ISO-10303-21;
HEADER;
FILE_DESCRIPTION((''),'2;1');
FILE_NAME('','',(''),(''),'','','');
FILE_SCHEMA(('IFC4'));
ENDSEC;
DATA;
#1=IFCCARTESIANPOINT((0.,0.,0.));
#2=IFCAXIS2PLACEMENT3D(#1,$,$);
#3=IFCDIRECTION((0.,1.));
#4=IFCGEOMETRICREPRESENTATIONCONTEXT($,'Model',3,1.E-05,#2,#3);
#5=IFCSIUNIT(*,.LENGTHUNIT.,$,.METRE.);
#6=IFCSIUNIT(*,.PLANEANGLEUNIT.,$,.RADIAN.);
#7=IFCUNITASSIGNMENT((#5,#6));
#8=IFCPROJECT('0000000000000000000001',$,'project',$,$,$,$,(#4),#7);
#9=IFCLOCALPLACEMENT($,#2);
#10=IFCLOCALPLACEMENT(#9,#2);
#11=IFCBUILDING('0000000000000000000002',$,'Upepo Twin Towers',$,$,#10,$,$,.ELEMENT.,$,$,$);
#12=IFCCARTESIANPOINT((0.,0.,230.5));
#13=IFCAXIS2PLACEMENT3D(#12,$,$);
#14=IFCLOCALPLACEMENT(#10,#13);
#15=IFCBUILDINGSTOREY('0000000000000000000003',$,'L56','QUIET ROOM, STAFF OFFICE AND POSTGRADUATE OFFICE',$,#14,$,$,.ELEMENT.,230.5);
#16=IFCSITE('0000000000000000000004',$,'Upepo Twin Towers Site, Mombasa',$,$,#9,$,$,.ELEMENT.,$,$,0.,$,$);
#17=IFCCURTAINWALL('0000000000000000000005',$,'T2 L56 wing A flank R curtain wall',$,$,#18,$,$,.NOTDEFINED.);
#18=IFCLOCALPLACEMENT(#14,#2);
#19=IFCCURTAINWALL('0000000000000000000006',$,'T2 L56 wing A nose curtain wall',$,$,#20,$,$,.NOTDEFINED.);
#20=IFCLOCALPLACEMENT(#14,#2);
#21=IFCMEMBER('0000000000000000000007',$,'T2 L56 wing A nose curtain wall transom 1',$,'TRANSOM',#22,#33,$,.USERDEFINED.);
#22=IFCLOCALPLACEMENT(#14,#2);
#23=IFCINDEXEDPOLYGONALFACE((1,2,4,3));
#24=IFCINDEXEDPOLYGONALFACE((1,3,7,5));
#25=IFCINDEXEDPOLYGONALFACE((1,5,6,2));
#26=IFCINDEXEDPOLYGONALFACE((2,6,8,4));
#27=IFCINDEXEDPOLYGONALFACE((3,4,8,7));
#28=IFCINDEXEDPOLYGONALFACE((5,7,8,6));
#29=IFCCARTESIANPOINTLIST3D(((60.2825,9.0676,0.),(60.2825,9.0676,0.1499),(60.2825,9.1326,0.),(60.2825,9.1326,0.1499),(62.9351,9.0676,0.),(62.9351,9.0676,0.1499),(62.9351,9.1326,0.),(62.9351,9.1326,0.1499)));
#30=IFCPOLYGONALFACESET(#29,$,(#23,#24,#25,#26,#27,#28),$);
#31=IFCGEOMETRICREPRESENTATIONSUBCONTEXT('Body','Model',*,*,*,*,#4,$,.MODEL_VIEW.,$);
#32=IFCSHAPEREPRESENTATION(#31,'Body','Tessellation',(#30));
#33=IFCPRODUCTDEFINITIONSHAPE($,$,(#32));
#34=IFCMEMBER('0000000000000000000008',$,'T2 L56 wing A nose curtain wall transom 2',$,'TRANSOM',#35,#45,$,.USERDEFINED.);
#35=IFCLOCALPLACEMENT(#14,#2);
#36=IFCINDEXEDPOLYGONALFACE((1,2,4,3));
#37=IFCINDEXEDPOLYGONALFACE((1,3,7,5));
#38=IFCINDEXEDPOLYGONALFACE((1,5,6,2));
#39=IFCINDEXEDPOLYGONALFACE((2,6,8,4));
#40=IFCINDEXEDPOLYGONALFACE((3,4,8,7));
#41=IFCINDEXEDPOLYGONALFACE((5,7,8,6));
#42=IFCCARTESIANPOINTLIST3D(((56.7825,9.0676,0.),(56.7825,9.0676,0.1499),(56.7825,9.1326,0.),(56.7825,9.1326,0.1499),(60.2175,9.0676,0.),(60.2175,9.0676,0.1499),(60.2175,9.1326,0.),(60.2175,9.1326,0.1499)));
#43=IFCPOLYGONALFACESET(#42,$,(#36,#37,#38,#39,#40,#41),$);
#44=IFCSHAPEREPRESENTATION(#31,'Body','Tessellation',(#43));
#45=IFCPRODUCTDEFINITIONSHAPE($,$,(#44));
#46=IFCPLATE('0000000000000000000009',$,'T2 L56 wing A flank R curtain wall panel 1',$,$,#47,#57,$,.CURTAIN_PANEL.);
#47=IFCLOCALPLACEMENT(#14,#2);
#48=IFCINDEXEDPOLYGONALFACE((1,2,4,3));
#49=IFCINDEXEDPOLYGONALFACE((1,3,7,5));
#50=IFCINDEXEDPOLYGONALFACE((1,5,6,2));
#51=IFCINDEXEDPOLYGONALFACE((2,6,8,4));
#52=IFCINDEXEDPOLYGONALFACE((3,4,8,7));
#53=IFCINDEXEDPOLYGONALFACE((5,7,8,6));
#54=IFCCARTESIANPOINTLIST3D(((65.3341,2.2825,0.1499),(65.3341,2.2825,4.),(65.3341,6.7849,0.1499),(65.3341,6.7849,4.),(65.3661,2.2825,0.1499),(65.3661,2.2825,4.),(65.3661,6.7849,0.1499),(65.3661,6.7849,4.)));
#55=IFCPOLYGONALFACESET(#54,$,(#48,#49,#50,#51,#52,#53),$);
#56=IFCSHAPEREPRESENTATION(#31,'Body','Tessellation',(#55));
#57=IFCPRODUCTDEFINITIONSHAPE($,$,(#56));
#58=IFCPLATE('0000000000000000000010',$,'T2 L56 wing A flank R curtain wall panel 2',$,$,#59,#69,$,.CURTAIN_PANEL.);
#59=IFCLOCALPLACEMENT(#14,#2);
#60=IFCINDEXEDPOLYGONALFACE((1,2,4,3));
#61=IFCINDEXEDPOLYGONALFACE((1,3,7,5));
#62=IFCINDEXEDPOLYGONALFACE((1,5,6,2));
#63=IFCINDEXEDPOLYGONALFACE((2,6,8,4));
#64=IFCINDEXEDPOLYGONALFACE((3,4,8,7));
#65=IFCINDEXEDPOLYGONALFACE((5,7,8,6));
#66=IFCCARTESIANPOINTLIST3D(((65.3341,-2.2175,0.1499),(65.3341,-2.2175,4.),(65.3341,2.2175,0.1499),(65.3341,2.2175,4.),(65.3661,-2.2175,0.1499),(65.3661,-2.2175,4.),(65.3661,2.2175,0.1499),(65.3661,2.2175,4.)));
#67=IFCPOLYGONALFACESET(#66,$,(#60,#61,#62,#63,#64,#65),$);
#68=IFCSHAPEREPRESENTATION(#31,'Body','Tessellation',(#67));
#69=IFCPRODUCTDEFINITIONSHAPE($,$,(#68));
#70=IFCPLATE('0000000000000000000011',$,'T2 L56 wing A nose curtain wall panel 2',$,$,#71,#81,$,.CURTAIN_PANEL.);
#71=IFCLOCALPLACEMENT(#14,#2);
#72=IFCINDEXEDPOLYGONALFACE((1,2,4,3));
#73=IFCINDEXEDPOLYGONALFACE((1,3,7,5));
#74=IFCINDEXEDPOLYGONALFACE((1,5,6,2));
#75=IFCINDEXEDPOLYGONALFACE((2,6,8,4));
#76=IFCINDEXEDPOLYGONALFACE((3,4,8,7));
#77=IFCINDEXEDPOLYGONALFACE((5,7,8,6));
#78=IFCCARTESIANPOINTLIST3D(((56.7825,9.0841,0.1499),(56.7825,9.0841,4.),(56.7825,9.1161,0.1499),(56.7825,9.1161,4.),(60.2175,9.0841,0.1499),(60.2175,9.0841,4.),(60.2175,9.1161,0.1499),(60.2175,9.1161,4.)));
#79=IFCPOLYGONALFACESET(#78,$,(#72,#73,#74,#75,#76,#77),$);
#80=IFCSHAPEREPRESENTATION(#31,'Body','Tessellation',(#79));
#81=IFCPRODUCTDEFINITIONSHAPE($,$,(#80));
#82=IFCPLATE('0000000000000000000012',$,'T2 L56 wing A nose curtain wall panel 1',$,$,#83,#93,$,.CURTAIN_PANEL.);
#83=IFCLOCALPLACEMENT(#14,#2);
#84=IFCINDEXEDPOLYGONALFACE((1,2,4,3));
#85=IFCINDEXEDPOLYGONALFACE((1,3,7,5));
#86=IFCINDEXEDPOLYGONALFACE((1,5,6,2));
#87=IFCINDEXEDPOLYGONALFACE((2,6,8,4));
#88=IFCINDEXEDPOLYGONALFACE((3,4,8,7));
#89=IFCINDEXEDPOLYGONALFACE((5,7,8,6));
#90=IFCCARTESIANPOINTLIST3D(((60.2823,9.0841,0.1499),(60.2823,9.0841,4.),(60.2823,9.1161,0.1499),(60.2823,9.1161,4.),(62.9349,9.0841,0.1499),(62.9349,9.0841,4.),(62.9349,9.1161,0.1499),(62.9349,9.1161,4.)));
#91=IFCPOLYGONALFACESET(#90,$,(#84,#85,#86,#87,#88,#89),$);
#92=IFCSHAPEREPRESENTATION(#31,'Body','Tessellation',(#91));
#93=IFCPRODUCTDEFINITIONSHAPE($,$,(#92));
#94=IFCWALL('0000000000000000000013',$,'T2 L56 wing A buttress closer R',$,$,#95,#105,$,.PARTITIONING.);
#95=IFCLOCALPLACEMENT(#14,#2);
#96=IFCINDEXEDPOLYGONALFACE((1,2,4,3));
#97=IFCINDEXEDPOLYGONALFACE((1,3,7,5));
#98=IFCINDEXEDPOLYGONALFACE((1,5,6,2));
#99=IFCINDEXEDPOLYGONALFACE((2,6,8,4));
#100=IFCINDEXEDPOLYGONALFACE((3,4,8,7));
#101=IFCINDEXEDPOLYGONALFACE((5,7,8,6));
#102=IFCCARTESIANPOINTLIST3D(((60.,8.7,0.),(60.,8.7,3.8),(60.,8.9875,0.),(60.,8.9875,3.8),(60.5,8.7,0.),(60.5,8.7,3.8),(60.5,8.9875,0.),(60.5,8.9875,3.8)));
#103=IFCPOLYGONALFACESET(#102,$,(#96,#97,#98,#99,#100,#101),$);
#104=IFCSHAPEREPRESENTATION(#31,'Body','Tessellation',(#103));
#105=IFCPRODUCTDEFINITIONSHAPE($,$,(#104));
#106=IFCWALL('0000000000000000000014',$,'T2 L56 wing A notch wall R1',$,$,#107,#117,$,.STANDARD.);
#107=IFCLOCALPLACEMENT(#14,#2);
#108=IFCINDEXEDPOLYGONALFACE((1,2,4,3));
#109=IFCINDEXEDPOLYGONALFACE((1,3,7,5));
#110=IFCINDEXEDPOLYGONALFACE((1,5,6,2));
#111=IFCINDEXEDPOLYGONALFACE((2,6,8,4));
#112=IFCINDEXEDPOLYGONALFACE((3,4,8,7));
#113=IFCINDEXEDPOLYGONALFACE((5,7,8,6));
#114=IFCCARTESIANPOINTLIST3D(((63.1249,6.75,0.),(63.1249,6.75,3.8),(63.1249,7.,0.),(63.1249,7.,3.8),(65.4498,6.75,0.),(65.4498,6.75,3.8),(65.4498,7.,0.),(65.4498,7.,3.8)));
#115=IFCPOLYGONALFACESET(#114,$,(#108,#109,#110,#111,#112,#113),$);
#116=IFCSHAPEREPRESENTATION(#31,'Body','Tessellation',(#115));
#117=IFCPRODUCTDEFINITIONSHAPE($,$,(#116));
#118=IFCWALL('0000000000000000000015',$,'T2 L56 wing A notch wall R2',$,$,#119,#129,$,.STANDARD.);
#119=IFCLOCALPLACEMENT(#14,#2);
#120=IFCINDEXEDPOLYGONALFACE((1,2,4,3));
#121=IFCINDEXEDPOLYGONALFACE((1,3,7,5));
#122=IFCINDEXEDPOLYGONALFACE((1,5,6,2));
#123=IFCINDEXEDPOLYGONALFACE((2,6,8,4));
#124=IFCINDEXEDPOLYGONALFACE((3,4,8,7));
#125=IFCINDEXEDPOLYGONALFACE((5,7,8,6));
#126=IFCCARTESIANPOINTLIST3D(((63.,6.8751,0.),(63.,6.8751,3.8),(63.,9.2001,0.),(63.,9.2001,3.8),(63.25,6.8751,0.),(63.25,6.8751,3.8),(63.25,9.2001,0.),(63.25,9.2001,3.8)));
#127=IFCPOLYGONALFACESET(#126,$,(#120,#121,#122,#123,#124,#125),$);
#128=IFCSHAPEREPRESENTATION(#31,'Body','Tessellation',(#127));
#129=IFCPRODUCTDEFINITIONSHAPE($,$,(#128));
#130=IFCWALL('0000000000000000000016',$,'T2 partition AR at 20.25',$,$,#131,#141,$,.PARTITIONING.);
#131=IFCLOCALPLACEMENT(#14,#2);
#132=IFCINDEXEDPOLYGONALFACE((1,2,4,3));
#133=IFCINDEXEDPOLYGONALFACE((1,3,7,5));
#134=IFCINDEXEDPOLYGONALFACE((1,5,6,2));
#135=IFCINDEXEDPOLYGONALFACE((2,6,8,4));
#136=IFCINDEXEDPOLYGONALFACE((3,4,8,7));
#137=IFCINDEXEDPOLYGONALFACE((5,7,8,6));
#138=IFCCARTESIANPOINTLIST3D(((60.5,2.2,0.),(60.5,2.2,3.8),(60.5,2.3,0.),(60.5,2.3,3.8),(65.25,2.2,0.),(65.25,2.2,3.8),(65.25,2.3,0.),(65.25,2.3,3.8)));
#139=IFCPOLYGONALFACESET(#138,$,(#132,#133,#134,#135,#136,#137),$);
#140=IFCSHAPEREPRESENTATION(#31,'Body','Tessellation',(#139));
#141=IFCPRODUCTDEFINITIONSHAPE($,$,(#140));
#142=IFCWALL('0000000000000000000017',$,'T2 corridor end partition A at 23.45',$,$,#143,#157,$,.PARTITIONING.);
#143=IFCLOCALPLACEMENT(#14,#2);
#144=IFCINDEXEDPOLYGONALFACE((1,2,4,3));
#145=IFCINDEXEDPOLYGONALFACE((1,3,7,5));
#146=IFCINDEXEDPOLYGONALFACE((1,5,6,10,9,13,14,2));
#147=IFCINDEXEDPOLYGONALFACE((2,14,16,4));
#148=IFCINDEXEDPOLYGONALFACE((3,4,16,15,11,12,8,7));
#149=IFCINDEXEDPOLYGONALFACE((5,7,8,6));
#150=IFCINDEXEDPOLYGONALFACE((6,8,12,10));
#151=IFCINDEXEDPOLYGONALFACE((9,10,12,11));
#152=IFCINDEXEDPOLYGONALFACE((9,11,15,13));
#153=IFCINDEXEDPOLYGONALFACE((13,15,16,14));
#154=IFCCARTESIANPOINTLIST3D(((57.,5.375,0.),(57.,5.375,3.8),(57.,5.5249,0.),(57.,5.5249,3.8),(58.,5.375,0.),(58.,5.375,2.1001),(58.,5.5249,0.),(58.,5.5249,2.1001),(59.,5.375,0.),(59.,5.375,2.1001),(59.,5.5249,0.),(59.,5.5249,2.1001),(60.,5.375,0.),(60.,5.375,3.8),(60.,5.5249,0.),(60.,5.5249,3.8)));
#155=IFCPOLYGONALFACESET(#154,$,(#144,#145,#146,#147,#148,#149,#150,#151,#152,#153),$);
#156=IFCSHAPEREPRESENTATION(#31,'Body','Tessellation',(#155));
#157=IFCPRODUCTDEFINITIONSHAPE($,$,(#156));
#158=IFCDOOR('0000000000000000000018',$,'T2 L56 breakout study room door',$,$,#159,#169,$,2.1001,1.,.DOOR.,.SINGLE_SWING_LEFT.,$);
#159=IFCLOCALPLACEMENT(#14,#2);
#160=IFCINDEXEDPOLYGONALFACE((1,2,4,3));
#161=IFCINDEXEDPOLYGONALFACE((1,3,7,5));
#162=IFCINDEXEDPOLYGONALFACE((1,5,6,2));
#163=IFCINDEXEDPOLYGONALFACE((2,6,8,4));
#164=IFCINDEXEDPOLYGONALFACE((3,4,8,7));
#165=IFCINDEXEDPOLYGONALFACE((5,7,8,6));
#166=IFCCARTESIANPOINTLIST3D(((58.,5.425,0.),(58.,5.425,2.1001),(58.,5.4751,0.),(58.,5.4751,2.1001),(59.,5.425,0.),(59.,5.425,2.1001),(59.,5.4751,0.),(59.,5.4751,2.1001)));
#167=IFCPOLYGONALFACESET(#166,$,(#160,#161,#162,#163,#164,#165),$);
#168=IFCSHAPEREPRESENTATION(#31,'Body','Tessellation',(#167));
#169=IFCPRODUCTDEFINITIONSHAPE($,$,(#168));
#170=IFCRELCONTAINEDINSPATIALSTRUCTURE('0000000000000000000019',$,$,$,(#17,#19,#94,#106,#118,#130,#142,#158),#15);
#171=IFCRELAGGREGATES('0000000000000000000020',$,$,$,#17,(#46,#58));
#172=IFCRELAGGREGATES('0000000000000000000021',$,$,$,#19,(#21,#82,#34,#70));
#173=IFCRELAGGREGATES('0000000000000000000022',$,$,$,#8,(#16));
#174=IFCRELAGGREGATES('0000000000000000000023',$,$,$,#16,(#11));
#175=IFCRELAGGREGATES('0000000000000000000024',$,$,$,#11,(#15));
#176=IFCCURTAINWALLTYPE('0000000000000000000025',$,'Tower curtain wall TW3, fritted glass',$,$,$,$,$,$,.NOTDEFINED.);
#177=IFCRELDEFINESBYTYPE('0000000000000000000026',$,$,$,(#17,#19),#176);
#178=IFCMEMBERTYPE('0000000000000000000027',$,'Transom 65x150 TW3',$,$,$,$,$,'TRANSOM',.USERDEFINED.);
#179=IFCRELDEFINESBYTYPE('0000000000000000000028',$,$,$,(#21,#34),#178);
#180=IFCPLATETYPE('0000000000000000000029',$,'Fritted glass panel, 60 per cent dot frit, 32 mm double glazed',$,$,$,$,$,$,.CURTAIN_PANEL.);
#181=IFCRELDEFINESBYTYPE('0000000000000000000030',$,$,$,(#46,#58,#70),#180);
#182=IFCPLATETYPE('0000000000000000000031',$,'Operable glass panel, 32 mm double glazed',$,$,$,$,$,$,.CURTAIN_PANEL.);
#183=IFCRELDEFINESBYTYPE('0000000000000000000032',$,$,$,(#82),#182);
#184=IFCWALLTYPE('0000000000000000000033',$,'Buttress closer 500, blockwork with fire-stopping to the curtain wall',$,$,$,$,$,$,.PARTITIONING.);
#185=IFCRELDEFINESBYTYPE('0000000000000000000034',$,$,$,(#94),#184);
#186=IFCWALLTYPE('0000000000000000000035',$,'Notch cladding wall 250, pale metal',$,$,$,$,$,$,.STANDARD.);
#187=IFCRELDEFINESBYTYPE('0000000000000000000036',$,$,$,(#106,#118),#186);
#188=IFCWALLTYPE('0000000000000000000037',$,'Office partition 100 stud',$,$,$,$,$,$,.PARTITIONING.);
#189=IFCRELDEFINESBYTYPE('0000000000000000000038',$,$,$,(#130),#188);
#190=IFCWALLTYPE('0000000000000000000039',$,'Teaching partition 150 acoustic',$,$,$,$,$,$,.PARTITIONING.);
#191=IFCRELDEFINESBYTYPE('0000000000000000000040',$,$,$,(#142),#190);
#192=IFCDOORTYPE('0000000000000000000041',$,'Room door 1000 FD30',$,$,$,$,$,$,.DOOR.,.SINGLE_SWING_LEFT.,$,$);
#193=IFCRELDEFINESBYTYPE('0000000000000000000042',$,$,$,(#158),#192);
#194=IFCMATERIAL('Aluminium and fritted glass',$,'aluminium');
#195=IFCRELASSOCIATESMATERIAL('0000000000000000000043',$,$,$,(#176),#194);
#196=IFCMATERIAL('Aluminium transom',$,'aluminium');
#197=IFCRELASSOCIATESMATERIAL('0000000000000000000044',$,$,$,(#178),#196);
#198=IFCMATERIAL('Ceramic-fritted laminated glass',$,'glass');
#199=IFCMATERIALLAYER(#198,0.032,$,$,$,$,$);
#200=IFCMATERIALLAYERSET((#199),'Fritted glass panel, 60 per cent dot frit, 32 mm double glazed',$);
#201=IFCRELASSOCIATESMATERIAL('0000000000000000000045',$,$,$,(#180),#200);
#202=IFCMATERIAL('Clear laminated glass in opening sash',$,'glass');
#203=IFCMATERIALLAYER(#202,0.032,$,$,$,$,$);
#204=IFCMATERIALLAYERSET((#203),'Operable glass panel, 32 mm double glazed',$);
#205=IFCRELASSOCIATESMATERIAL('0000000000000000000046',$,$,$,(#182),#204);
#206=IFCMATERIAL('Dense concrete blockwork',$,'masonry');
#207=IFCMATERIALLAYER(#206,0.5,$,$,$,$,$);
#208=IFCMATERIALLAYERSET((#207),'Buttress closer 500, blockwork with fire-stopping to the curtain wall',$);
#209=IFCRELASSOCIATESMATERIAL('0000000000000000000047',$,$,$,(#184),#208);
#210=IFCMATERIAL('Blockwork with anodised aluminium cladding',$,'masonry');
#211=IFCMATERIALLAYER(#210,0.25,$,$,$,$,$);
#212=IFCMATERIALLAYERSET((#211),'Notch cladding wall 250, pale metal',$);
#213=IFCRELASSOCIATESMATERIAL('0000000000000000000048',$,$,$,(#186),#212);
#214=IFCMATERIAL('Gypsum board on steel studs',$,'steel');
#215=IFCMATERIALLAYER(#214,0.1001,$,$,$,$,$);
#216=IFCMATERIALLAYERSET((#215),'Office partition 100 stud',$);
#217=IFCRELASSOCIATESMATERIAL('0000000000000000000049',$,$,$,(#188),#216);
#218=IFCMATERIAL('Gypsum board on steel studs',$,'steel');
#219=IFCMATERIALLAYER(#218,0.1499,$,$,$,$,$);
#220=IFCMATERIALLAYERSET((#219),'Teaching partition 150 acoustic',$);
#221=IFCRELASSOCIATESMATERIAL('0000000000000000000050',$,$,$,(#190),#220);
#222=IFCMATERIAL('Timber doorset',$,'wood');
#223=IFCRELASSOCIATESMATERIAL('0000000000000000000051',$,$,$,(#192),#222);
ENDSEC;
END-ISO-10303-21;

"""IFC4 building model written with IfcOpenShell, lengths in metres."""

from ifc_helpers import new_model, si_unit, direction, frame, frame_2d, origin, origin_2d, place, context, subcontext, project, spatial, rectangle, extrude, material, layer, layer_set, material_profile, profile_set, type_object, element, fill, aggregate, save


model = new_model("IFC4")

# Units and contexts
model_context = context("Model", 3, precision=1e-05, world=origin(), true_north=direction((0.0, 1.0)))
body_context = subcontext(model_context, "Body", "Model", "MODEL_VIEW")
ifc_project = project(units=[si_unit("LENGTHUNIT", "METRE"), si_unit("PLANEANGLEUNIT", "RADIAN")], contexts=[model_context])

# Site, building, storey
site_placement = place(None, origin())
site = spatial("IfcSite", under=ifc_project, at=site_placement, Name="Upepo Twin Towers Site, Mombasa", CompositionType="ELEMENT", RefElevation=0.0)
building_placement = place(site_placement, origin())
building = spatial("IfcBuilding", under=site, at=building_placement, Name="Upepo Twin Towers", CompositionType="ELEMENT")
storey_placement = place(building_placement, frame((0.0, 0.0, 230.5)))
storey = spatial("IfcBuildingStorey", under=building, at=storey_placement, Name="L56", Description="QUIET ROOM, STAFF OFFICE AND POSTGRADUATE OFFICE", CompositionType="ELEMENT", Elevation=230.5)

# Curtain walls
ifc_material_1 = material(Name="Aluminium and fritted glass", Category="aluminium")
curtain_wall_type = type_object("IfcCurtainWallType", Name="Tower curtain wall TW3, fritted glass", PredefinedType="NOTDEFINED", material=ifc_material_1)
curtain_wall_1_placement = place(storey_placement, origin())
curtain_wall_1 = element("IfcCurtainWall", 1, at=curtain_wall_1_placement, inside=storey, type_object=curtain_wall_type, Name="T2 L56 wing A flank R curtain wall", PredefinedType="NOTDEFINED")
curtain_wall_2_placement = place(storey_placement, origin())
curtain_wall_2 = element("IfcCurtainWall", 2, at=curtain_wall_2_placement, inside=storey, type_object=curtain_wall_type, Name="T2 L56 wing A nose curtain wall", PredefinedType="NOTDEFINED")

# Members
ifc_material_2 = material(Name="Aluminium transom", Category="aluminium")
ifc_material_profile_1 = material_profile(ifc_material_2, rectangle(XDim=0.0649, YDim=0.1499, at=origin_2d()), Name="TRANSOM 65x150")
ifc_profile_set_1 = profile_set([ifc_material_profile_1], Name="Aluminium transom")
member_type_1 = type_object("IfcMemberType", Name="Transom 65x150 TW3", ElementType="TRANSOM", PredefinedType="USERDEFINED", material=ifc_profile_set_1)
member_1_placement = place(storey_placement, frame((62.9351, 9.1001, 0.075), z_axis=(-1.0, 0.0, 0.0), x_axis=(0.0, -1.0, 0.0)))
member_1 = element("IfcMember", 3, at=member_1_placement, type_object=member_type_1, Name="T2 L56 wing A nose curtain wall transom 1", ObjectType="TRANSOM", PredefinedType="USERDEFINED", context=body_context, shape_type="SweptSolid", body=[
    extrude(rectangle(XDim=0.0649, YDim=0.1499, at=origin_2d()), origin(), (0.0, 0.0, 1.0), 2.6526),
])
member_2_placement = place(storey_placement, frame((60.2175, 9.1001, 0.075), z_axis=(-1.0, 0.0, 0.0), x_axis=(0.0, -1.0, 0.0)))
member_2 = element("IfcMember", 4, at=member_2_placement, type_object=member_type_1, Name="T2 L56 wing A nose curtain wall transom 2", ObjectType="TRANSOM", PredefinedType="USERDEFINED", context=body_context, shape_type="SweptSolid", body=[
    extrude(rectangle(XDim=0.0649, YDim=0.1499, at=origin_2d()), origin(), (0.0, 0.0, 1.0), 3.4351),
])

# Plates
ifc_material_3 = material(Name="Ceramic-fritted laminated glass", Category="glass")
ifc_layer_1 = layer(ifc_material_3, 0.032)
ifc_layer_set_1 = layer_set([ifc_layer_1], Name="Fritted glass panel, 60 per cent dot frit, 32 mm double glazed")
plate_type_1 = type_object("IfcPlateType", Name="Fritted glass panel, 60 per cent dot frit, 32 mm double glazed", PredefinedType="CURTAIN_PANEL", material=ifc_layer_set_1)
plate_1_placement = place(storey_placement, frame((65.3501, 4.5337, 0.1499), z_axis=(0.0, 0.0, 1.0), x_axis=(0.0, -1.0, 0.0)))
plate_1 = element("IfcPlate", 5, at=plate_1_placement, type_object=plate_type_1, Name="T2 L56 wing A flank R curtain wall panel 1", PredefinedType="CURTAIN_PANEL", context=body_context, shape_type="SweptSolid", body=[
    extrude(rectangle(XDim=4.5024, YDim=0.032, at=origin_2d()), origin(), (0.0, 0.0, 1.0), 3.8501),
])
plate_2_placement = place(storey_placement, frame((65.3501, 0.0, 0.1499), z_axis=(0.0, 0.0, 1.0), x_axis=(0.0, -1.0, 0.0)))
plate_2 = element("IfcPlate", 6, at=plate_2_placement, type_object=plate_type_1, Name="T2 L56 wing A flank R curtain wall panel 2", PredefinedType="CURTAIN_PANEL", context=body_context, shape_type="SweptSolid", body=[
    extrude(rectangle(XDim=4.4351, YDim=0.032, at=origin_2d()), origin(), (0.0, 0.0, 1.0), 3.8501),
])
aggregate(curtain_wall_1, [plate_1, plate_2])
plate_3_placement = place(storey_placement, frame((58.5, 9.1001, 0.1499), z_axis=(0.0, 0.0, 1.0), x_axis=(-1.0, 0.0, 0.0)))
plate_3 = element("IfcPlate", 7, at=plate_3_placement, type_object=plate_type_1, Name="T2 L56 wing A nose curtain wall panel 2", PredefinedType="CURTAIN_PANEL", context=body_context, shape_type="SweptSolid", body=[
    extrude(rectangle(XDim=3.4351, YDim=0.032, at=origin_2d()), origin(), (0.0, 0.0, 1.0), 3.8501),
])
ifc_material_4 = material(Name="Clear laminated glass in opening sash", Category="glass")
ifc_layer_2 = layer(ifc_material_4, 0.032)
ifc_layer_set_2 = layer_set([ifc_layer_2], Name="Operable glass panel, 32 mm double glazed")
plate_type_2 = type_object("IfcPlateType", Name="Operable glass panel, 32 mm double glazed", PredefinedType="CURTAIN_PANEL", material=ifc_layer_set_2)
plate_4_placement = place(storey_placement, frame((61.6086, 9.1001, 0.1499), z_axis=(0.0, 0.0, 1.0), x_axis=(-1.0, 0.0, 0.0)))
plate_4 = element("IfcPlate", 8, at=plate_4_placement, type_object=plate_type_2, Name="T2 L56 wing A nose curtain wall panel 1", PredefinedType="CURTAIN_PANEL", context=body_context, shape_type="SweptSolid", body=[
    extrude(rectangle(XDim=2.6526, YDim=0.032, at=origin_2d()), origin(), (0.0, 0.0, 1.0), 3.8501),
])
aggregate(curtain_wall_2, [member_1, plate_4, member_2, plate_3])

# Walls
ifc_material_5 = material(Name="Dense concrete blockwork", Category="masonry")
ifc_layer_3 = layer(ifc_material_5, 0.5)
ifc_layer_set_3 = layer_set([ifc_layer_3], Name="Buttress closer 500, blockwork with fire-stopping to the curtain wall")
wall_type_1 = type_object("IfcWallType", Name="Buttress closer 500, blockwork with fire-stopping to the curtain wall", PredefinedType="PARTITIONING", material=ifc_layer_set_3)
wall_1_placement = place(storey_placement, frame((60.25, 8.7, 0.0), z_axis=(0.0, 0.0, 1.0), x_axis=(0.0, 1.0, 0.0)))
element("IfcWall", 9, at=wall_1_placement, inside=storey, type_object=wall_type_1, Name="T2 L56 wing A buttress closer R", PredefinedType="PARTITIONING", context=body_context, shape_type="SweptSolid", body=[
    extrude(rectangle(XDim=0.2876, YDim=0.5, at=frame_2d((0.1438, 0.0))), origin(), (0.0, 0.0, 1.0), 3.8),
])
ifc_material_6 = material(Name="Blockwork with anodised aluminium cladding", Category="masonry")
ifc_layer_4 = layer(ifc_material_6, 0.25)
ifc_layer_set_4 = layer_set([ifc_layer_4], Name="Notch cladding wall 250, pale metal")
wall_type_2 = type_object("IfcWallType", Name="Notch cladding wall 250, pale metal", PredefinedType="STANDARD", material=ifc_layer_set_4)
for number, where, z_axis, x_axis, name in (
    (10, (65.45, 6.875, 0.0), (0.0, 0.0, 1.0), (-1.0, 0.0, 0.0), "T2 L56 wing A notch wall R1"),
    (11, (63.125, 6.875, 0.0), (0.0, 0.0, 1.0), (0.0, 1.0, 0.0), "T2 L56 wing A notch wall R2"),
):
    element("IfcWall", number, at=place(storey_placement, frame(where, z_axis=z_axis, x_axis=x_axis)), inside=storey, type_object=wall_type_2, Name=name, PredefinedType="STANDARD", context=body_context, shape_type="SweptSolid", body=[
        extrude(rectangle(XDim=2.325, YDim=0.25, at=frame_2d((1.1626, 0.0))), origin(), (0.0, 0.0, 1.0), 3.8),
    ])
ifc_material_7 = material(Name="Gypsum board on steel studs", Category="steel")
ifc_layer_5 = layer(ifc_material_7, 0.1001)
ifc_layer_set_5 = layer_set([ifc_layer_5], Name="Office partition 100 stud")
wall_type_3 = type_object("IfcWallType", Name="Office partition 100 stud", PredefinedType="PARTITIONING", material=ifc_layer_set_5)
wall_2_placement = place(storey_placement, frame((60.5, 2.25, 0.0), z_axis=(0.0, 0.0, 1.0), x_axis=(1.0, 0.0, 0.0)))
element("IfcWall", 12, at=wall_2_placement, inside=storey, type_object=wall_type_3, Name="T2 partition AR at 20.25", PredefinedType="PARTITIONING", context=body_context, shape_type="SweptSolid", body=[
    extrude(rectangle(XDim=4.75, YDim=0.1001, at=frame_2d((2.375, 0.0))), origin(), (0.0, 0.0, 1.0), 3.8),
])

# Wall, opening, door
ifc_material_8 = material(Name="Gypsum board on steel studs", Category="steel")
ifc_layer_6 = layer(ifc_material_8, 0.1499)
ifc_layer_set_6 = layer_set([ifc_layer_6], Name="Teaching partition 150 acoustic")
wall_type_4 = type_object("IfcWallType", Name="Teaching partition 150 acoustic", PredefinedType="PARTITIONING", material=ifc_layer_set_6)
wall_3_placement = place(storey_placement, frame((60.0, 5.45, 0.0), z_axis=(0.0, 0.0, 1.0), x_axis=(-1.0, 0.0, 0.0)))
wall_3 = element("IfcWall", 13, at=wall_3_placement, inside=storey, type_object=wall_type_4, Name="T2 corridor end partition A at 23.45", PredefinedType="PARTITIONING", context=body_context, shape_type="SweptSolid", body=[
    extrude(rectangle(XDim=3.0, YDim=0.1499, at=frame_2d((1.5, 0.0))), origin(), (0.0, 0.0, 1.0), 3.8),
])
opening_placement = place(wall_3_placement, frame((1.0, 0.0, 0.0)))
opening = element("IfcOpeningElement", 14, at=opening_placement, cuts=wall_3, PredefinedType="OPENING", context=body_context, shape_type="SweptSolid", body=[
    extrude(rectangle(XDim=1.0, YDim=2.1001, at=frame_2d((0.5, 1.05))), frame((0.0, 0.085, 0.0), z_axis=(0.0, -1.0, 0.0), x_axis=(1.0, 0.0, 0.0)), (0.0, 0.0, 1.0), 0.1699),
])
ifc_material_9 = material(Name="Timber doorset", Category="wood")
door_type = type_object("IfcDoorType", Name="Room door 1000 FD30", OperationType="SINGLE_SWING_LEFT", PredefinedType="DOOR", material=ifc_material_9)
door_placement = place(opening_placement, origin())
door = element("IfcDoor", 15, at=door_placement, inside=storey, type_object=door_type, Name="T2 L56 breakout study room door", OperationType="SINGLE_SWING_LEFT", OverallHeight=2.1001, OverallWidth=1.0, PredefinedType="DOOR", context=body_context, shape_type="SweptSolid", body=[
    extrude(rectangle(XDim=1.0, YDim=2.1001, at=frame_2d((0.5, 1.05))), frame((0.0, 0.0249, 0.0), z_axis=(0.0, -1.0, 0.0), x_axis=(1.0, 0.0, 0.0)), (0.0, 0.0, 1.0), 0.05),
])
fill(opening, door)

save(model, "model.ifc")
